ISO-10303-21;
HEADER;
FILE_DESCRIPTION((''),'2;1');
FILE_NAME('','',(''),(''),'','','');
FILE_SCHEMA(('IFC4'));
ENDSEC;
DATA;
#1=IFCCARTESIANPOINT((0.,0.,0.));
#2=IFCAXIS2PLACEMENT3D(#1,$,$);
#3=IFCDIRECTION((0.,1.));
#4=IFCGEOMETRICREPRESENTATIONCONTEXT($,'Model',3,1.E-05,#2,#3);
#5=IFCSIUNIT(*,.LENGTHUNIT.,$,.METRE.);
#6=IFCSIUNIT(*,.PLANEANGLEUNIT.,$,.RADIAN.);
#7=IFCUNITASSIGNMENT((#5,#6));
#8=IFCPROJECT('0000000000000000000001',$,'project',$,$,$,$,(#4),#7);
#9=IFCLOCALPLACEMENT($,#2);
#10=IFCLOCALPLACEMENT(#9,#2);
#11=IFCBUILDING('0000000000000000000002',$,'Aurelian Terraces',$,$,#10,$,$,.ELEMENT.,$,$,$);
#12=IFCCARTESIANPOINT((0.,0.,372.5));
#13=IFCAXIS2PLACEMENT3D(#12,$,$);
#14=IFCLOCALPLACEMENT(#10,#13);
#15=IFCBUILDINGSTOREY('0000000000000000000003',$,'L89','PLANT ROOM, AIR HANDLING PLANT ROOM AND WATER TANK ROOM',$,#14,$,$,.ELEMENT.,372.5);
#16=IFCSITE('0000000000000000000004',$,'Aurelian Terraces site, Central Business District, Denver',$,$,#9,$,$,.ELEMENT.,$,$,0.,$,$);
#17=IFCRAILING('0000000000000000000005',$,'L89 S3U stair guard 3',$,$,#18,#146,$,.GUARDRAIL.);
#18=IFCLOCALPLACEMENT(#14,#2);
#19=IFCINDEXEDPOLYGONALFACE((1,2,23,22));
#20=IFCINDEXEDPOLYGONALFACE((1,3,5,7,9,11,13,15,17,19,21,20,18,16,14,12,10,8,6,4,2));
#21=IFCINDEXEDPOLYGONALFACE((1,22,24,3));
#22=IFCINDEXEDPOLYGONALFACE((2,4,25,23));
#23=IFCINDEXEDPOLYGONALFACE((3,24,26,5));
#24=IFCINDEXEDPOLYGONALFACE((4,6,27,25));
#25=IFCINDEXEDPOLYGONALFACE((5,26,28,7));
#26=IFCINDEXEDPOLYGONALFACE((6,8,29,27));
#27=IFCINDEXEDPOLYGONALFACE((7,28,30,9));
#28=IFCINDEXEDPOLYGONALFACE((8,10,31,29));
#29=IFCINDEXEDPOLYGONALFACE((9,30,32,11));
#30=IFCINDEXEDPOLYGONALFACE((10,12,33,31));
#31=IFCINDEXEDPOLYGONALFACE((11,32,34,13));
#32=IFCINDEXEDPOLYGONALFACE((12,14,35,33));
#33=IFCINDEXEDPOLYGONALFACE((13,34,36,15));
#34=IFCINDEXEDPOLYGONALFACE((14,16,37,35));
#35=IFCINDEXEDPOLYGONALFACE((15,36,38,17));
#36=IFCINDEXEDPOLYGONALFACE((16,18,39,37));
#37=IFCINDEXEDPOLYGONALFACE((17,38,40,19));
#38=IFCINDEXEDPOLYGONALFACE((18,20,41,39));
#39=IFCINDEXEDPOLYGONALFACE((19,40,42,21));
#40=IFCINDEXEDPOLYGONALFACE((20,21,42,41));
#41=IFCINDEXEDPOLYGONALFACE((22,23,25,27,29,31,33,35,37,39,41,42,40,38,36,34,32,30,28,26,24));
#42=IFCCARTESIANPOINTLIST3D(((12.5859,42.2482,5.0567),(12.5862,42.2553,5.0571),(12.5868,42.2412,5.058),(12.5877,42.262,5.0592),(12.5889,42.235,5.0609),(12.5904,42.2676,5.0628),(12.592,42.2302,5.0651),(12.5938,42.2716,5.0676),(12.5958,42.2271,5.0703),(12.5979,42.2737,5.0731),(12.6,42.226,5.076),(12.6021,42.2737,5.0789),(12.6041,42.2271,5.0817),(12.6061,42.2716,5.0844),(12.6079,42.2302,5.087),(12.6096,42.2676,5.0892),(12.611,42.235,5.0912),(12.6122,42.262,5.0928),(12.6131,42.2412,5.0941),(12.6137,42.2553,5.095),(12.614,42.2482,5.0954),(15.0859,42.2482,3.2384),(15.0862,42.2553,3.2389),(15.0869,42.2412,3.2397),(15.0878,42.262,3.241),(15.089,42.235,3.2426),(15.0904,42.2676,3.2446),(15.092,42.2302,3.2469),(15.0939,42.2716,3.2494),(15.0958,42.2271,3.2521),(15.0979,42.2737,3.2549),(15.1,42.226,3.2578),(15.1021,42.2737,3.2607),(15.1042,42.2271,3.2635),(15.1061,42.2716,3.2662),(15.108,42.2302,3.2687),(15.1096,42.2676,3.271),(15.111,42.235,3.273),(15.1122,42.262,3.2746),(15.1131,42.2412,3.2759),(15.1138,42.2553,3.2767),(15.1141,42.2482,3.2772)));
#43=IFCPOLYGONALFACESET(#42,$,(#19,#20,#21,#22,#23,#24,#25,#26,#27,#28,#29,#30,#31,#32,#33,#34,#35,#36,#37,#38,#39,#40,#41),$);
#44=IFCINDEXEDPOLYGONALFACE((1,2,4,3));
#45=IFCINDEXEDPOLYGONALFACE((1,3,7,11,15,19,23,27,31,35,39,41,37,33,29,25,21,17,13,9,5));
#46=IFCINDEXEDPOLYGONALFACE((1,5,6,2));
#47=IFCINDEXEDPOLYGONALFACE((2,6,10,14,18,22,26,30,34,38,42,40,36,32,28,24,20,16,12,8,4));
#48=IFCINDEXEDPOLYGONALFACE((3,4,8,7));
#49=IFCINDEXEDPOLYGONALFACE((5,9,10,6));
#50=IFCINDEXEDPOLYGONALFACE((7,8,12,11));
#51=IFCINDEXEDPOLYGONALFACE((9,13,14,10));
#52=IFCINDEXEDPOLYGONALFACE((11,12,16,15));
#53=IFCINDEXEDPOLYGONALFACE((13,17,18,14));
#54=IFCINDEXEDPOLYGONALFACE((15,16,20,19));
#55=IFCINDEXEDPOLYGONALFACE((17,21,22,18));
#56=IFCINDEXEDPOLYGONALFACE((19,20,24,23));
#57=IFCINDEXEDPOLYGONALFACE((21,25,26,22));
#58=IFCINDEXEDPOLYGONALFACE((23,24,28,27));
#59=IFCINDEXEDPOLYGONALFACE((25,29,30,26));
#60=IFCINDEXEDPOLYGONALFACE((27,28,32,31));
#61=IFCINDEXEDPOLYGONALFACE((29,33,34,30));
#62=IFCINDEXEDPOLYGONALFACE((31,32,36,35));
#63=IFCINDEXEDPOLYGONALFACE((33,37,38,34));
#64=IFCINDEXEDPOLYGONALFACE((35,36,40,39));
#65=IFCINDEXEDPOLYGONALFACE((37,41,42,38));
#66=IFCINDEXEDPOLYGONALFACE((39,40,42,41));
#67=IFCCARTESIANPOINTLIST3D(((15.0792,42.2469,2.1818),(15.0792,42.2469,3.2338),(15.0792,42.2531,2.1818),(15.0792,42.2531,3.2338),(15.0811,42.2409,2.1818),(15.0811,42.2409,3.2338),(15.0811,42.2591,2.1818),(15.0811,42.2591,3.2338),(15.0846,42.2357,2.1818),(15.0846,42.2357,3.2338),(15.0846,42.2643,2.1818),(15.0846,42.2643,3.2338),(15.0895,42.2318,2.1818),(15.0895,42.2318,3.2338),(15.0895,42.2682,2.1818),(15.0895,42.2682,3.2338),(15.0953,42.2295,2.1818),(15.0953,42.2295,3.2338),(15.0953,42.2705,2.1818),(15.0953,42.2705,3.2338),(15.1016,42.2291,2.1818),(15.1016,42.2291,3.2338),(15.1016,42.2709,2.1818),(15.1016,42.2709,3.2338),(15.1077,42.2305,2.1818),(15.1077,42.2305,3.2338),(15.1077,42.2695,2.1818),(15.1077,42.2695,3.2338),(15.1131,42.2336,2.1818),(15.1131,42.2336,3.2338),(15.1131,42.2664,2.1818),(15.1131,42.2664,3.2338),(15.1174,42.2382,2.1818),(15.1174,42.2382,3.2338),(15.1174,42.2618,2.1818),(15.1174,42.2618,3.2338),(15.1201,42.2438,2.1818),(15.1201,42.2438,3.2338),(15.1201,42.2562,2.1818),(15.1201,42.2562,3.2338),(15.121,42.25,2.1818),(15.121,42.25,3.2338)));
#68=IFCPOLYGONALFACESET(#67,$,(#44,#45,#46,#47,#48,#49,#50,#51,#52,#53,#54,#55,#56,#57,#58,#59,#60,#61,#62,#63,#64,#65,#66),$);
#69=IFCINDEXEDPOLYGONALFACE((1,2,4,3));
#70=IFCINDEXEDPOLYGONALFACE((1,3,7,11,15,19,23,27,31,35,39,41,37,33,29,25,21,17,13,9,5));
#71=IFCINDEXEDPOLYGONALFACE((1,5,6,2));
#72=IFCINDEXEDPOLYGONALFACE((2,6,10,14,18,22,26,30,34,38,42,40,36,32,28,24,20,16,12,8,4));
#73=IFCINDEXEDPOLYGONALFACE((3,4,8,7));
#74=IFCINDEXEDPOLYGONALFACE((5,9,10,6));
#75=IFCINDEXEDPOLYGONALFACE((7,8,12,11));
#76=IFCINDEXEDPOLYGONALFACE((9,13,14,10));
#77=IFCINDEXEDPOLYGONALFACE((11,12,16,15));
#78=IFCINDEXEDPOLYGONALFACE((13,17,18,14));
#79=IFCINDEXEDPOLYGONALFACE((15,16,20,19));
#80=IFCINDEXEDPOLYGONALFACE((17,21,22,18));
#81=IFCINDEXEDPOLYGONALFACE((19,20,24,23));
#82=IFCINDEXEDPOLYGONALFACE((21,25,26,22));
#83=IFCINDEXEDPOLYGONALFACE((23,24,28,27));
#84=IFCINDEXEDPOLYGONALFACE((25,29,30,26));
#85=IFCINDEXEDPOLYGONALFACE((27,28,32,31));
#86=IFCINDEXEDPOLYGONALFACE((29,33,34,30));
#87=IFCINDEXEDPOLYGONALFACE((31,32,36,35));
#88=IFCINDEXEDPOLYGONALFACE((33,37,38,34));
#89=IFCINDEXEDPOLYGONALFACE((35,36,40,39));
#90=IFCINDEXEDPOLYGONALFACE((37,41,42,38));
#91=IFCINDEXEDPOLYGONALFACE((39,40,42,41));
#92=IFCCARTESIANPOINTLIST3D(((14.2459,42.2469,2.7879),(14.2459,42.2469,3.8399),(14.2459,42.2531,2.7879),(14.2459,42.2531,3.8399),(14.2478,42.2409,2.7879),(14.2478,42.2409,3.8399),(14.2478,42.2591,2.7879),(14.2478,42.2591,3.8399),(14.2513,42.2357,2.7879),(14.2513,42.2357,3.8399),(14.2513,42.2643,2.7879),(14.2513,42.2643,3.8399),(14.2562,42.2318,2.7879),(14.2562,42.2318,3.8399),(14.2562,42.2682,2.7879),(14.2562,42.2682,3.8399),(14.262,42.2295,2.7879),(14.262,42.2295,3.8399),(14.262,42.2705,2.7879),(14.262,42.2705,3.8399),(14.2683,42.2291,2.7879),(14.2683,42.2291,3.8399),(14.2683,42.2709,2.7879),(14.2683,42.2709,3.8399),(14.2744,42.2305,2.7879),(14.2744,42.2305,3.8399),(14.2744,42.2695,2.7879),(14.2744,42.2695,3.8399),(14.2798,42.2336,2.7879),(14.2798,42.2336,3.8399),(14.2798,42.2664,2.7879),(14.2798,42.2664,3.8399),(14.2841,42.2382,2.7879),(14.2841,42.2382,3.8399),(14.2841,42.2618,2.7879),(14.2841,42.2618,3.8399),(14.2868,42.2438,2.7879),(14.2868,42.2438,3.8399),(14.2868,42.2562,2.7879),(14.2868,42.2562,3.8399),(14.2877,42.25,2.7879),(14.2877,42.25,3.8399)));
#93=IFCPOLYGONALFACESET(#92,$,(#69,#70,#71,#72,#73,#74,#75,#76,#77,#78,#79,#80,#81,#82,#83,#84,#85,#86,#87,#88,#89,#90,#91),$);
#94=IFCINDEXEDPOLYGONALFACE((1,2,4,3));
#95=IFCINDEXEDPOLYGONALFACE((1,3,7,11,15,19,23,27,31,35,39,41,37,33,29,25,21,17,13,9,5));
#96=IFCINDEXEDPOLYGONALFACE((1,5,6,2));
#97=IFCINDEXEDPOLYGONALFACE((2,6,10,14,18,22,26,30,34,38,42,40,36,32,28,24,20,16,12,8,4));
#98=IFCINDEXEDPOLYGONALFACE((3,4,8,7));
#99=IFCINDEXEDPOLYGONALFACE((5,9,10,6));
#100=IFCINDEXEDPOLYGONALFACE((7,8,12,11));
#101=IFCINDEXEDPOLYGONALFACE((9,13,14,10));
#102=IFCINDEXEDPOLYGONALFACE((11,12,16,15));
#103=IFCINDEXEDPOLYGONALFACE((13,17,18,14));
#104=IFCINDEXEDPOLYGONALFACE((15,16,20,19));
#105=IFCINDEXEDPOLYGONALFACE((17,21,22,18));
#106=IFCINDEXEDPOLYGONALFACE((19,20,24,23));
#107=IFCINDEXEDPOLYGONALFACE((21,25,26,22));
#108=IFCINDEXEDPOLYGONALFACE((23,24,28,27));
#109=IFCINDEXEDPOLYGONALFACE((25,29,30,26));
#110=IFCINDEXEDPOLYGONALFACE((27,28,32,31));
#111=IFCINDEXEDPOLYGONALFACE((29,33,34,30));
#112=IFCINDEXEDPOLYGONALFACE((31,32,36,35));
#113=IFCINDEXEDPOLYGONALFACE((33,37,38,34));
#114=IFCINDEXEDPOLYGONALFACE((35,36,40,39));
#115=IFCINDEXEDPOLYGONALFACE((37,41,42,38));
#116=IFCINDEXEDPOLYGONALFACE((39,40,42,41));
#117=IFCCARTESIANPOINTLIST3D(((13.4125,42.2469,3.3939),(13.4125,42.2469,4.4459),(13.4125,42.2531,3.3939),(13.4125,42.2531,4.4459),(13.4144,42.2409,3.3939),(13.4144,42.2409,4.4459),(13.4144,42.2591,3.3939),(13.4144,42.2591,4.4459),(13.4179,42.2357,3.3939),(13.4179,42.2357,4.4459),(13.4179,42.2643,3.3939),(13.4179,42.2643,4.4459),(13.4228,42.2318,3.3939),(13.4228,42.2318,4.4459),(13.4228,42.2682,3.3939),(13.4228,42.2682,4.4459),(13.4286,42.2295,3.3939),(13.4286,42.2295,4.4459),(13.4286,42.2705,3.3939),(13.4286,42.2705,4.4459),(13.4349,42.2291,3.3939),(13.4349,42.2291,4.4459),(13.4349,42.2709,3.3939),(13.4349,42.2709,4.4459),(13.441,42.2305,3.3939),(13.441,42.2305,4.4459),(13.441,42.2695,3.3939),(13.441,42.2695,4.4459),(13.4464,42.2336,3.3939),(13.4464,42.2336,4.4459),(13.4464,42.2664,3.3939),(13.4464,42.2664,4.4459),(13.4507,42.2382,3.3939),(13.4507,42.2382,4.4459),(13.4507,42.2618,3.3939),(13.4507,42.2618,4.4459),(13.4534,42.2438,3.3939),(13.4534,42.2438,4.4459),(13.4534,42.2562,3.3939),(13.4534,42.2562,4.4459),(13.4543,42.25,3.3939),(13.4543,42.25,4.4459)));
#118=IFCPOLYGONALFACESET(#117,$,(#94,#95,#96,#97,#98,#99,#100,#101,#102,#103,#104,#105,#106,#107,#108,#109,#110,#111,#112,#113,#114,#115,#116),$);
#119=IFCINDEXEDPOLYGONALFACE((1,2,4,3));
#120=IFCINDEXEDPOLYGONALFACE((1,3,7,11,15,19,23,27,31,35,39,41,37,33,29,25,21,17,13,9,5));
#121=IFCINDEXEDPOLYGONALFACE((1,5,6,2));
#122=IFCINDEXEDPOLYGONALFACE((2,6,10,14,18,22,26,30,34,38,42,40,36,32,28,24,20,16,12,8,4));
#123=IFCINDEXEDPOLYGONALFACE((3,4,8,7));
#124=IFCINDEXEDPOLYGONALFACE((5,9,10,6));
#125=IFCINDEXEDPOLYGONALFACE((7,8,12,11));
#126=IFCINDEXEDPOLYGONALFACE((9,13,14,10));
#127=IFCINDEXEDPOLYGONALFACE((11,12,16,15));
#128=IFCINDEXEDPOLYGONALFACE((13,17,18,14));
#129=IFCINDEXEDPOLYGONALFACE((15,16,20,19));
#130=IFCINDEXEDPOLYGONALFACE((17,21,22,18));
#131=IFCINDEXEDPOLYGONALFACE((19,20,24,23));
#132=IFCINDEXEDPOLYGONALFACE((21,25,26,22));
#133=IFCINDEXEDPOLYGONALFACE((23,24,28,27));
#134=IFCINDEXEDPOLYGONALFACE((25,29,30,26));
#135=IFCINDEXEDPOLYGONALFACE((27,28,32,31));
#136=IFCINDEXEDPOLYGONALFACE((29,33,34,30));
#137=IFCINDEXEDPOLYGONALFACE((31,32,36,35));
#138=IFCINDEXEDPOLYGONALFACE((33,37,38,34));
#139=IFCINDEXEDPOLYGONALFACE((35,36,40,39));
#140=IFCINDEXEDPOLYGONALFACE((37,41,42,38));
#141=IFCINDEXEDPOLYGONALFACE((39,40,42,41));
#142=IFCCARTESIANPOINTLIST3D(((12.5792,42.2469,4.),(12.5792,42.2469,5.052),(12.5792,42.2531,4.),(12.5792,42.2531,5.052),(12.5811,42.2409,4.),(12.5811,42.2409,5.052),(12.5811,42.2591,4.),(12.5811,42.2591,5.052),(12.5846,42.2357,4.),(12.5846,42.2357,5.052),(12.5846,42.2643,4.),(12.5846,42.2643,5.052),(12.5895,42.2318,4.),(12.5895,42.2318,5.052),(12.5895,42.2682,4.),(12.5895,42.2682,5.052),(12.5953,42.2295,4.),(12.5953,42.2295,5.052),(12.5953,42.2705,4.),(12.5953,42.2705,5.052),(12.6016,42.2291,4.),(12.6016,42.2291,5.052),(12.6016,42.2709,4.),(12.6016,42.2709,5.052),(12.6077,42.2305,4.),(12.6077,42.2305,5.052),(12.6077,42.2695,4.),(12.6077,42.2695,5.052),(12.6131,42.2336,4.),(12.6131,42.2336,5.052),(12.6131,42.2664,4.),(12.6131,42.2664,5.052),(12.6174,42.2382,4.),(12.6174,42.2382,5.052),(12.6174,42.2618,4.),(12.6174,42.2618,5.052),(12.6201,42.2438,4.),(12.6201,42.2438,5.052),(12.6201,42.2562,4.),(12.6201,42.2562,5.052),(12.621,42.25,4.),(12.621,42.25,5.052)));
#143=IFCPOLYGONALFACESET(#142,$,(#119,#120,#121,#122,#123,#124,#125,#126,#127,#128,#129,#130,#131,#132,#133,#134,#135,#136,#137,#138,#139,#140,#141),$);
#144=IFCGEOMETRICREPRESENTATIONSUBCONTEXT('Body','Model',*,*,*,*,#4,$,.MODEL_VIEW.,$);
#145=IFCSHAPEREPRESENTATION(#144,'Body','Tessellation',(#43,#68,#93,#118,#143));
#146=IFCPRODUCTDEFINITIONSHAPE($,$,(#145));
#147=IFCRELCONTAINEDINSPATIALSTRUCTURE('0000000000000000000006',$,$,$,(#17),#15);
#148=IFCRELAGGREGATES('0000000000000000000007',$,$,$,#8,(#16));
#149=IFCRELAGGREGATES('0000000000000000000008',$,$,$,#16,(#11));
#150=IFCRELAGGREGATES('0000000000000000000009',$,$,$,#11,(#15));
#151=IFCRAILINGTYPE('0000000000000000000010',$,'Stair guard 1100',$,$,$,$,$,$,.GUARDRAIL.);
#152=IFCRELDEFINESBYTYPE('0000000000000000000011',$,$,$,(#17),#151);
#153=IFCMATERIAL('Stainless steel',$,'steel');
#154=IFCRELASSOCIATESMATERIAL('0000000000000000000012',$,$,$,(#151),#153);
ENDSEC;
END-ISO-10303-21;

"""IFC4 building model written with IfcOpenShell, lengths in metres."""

from ifc_helpers import new_model, si_unit, direction, frame, origin, origin_2d, place, context, subcontext, project, spatial, circle, extrude, source, transform, mapped, material, type_object, element, save


model = new_model("IFC4")

# Units and contexts
model_context = context("Model", 3, precision=1e-05, world=origin(), true_north=direction((0.0, 1.0)))
body_context = subcontext(model_context, "Body", "Model", "MODEL_VIEW")
ifc_project = project(units=[si_unit("LENGTHUNIT", "METRE"), si_unit("PLANEANGLEUNIT", "RADIAN")], contexts=[model_context])

# Site, building, storey
site_placement = place(None, origin())
site = spatial("IfcSite", under=ifc_project, at=site_placement, Name="Aurelian Terraces site, Central Business District, Denver", CompositionType="ELEMENT", RefElevation=0.0)
building_placement = place(site_placement, origin())
building = spatial("IfcBuilding", under=site, at=building_placement, Name="Aurelian Terraces", CompositionType="ELEMENT")
storey_placement = place(building_placement, frame((0.0, 0.0, 372.5)))
storey = spatial("IfcBuildingStorey", under=building, at=storey_placement, Name="L89", Description="PLANT ROOM, AIR HANDLING PLANT ROOM AND WATER TANK ROOM", CompositionType="ELEMENT", Elevation=372.5)

# Railing
ifc_material_1 = material(Name="Stainless steel", Category="steel")
railing_type_1 = type_object("IfcRailingType", Name="Stair guard 1100", PredefinedType="GUARDRAIL", material=ifc_material_1)
shared_shape_1 = source(origin(), body_context, "Body", "SweptSolid", [
    extrude(circle(Radius=0.024, at=origin_2d()), frame((0.0, 0.0, 1.076), z_axis=(-0.808733, 0.0, 0.588176), x_axis=(0.0, -1.0, 0.0)), (0.0, 0.0, 1.0), 3.0913),
    extrude(circle(Radius=0.021, at=origin_2d()), origin(), (0.0, 0.0, 1.0), 1.052),
    extrude(circle(Radius=0.021, at=origin_2d()), frame((-0.8333, 0.0, 0.6061)), (0.0, 0.0, 1.0), 1.052),
    extrude(circle(Radius=0.021, at=origin_2d()), frame((-1.6667, 0.0, 1.2121)), (0.0, 0.0, 1.0), 1.052),
    extrude(circle(Radius=0.021, at=origin_2d()), frame((-2.5, 0.0, 1.8182)), (0.0, 0.0, 1.0), 1.052),
])
railing_1_placement = place(storey_placement, frame((15.1, 42.25, 2.1818)))
element("IfcRailing", 1, at=railing_1_placement, inside=storey, type_object=railing_type_1, Name="L89 S3U stair guard 3", PredefinedType="GUARDRAIL", context=body_context, shape_type="MappedRepresentation", body=[
    mapped(shared_shape_1, transform((0.0, 0.0, 0.0), scale=1.0)),
])

save(model, "model.ifc")
